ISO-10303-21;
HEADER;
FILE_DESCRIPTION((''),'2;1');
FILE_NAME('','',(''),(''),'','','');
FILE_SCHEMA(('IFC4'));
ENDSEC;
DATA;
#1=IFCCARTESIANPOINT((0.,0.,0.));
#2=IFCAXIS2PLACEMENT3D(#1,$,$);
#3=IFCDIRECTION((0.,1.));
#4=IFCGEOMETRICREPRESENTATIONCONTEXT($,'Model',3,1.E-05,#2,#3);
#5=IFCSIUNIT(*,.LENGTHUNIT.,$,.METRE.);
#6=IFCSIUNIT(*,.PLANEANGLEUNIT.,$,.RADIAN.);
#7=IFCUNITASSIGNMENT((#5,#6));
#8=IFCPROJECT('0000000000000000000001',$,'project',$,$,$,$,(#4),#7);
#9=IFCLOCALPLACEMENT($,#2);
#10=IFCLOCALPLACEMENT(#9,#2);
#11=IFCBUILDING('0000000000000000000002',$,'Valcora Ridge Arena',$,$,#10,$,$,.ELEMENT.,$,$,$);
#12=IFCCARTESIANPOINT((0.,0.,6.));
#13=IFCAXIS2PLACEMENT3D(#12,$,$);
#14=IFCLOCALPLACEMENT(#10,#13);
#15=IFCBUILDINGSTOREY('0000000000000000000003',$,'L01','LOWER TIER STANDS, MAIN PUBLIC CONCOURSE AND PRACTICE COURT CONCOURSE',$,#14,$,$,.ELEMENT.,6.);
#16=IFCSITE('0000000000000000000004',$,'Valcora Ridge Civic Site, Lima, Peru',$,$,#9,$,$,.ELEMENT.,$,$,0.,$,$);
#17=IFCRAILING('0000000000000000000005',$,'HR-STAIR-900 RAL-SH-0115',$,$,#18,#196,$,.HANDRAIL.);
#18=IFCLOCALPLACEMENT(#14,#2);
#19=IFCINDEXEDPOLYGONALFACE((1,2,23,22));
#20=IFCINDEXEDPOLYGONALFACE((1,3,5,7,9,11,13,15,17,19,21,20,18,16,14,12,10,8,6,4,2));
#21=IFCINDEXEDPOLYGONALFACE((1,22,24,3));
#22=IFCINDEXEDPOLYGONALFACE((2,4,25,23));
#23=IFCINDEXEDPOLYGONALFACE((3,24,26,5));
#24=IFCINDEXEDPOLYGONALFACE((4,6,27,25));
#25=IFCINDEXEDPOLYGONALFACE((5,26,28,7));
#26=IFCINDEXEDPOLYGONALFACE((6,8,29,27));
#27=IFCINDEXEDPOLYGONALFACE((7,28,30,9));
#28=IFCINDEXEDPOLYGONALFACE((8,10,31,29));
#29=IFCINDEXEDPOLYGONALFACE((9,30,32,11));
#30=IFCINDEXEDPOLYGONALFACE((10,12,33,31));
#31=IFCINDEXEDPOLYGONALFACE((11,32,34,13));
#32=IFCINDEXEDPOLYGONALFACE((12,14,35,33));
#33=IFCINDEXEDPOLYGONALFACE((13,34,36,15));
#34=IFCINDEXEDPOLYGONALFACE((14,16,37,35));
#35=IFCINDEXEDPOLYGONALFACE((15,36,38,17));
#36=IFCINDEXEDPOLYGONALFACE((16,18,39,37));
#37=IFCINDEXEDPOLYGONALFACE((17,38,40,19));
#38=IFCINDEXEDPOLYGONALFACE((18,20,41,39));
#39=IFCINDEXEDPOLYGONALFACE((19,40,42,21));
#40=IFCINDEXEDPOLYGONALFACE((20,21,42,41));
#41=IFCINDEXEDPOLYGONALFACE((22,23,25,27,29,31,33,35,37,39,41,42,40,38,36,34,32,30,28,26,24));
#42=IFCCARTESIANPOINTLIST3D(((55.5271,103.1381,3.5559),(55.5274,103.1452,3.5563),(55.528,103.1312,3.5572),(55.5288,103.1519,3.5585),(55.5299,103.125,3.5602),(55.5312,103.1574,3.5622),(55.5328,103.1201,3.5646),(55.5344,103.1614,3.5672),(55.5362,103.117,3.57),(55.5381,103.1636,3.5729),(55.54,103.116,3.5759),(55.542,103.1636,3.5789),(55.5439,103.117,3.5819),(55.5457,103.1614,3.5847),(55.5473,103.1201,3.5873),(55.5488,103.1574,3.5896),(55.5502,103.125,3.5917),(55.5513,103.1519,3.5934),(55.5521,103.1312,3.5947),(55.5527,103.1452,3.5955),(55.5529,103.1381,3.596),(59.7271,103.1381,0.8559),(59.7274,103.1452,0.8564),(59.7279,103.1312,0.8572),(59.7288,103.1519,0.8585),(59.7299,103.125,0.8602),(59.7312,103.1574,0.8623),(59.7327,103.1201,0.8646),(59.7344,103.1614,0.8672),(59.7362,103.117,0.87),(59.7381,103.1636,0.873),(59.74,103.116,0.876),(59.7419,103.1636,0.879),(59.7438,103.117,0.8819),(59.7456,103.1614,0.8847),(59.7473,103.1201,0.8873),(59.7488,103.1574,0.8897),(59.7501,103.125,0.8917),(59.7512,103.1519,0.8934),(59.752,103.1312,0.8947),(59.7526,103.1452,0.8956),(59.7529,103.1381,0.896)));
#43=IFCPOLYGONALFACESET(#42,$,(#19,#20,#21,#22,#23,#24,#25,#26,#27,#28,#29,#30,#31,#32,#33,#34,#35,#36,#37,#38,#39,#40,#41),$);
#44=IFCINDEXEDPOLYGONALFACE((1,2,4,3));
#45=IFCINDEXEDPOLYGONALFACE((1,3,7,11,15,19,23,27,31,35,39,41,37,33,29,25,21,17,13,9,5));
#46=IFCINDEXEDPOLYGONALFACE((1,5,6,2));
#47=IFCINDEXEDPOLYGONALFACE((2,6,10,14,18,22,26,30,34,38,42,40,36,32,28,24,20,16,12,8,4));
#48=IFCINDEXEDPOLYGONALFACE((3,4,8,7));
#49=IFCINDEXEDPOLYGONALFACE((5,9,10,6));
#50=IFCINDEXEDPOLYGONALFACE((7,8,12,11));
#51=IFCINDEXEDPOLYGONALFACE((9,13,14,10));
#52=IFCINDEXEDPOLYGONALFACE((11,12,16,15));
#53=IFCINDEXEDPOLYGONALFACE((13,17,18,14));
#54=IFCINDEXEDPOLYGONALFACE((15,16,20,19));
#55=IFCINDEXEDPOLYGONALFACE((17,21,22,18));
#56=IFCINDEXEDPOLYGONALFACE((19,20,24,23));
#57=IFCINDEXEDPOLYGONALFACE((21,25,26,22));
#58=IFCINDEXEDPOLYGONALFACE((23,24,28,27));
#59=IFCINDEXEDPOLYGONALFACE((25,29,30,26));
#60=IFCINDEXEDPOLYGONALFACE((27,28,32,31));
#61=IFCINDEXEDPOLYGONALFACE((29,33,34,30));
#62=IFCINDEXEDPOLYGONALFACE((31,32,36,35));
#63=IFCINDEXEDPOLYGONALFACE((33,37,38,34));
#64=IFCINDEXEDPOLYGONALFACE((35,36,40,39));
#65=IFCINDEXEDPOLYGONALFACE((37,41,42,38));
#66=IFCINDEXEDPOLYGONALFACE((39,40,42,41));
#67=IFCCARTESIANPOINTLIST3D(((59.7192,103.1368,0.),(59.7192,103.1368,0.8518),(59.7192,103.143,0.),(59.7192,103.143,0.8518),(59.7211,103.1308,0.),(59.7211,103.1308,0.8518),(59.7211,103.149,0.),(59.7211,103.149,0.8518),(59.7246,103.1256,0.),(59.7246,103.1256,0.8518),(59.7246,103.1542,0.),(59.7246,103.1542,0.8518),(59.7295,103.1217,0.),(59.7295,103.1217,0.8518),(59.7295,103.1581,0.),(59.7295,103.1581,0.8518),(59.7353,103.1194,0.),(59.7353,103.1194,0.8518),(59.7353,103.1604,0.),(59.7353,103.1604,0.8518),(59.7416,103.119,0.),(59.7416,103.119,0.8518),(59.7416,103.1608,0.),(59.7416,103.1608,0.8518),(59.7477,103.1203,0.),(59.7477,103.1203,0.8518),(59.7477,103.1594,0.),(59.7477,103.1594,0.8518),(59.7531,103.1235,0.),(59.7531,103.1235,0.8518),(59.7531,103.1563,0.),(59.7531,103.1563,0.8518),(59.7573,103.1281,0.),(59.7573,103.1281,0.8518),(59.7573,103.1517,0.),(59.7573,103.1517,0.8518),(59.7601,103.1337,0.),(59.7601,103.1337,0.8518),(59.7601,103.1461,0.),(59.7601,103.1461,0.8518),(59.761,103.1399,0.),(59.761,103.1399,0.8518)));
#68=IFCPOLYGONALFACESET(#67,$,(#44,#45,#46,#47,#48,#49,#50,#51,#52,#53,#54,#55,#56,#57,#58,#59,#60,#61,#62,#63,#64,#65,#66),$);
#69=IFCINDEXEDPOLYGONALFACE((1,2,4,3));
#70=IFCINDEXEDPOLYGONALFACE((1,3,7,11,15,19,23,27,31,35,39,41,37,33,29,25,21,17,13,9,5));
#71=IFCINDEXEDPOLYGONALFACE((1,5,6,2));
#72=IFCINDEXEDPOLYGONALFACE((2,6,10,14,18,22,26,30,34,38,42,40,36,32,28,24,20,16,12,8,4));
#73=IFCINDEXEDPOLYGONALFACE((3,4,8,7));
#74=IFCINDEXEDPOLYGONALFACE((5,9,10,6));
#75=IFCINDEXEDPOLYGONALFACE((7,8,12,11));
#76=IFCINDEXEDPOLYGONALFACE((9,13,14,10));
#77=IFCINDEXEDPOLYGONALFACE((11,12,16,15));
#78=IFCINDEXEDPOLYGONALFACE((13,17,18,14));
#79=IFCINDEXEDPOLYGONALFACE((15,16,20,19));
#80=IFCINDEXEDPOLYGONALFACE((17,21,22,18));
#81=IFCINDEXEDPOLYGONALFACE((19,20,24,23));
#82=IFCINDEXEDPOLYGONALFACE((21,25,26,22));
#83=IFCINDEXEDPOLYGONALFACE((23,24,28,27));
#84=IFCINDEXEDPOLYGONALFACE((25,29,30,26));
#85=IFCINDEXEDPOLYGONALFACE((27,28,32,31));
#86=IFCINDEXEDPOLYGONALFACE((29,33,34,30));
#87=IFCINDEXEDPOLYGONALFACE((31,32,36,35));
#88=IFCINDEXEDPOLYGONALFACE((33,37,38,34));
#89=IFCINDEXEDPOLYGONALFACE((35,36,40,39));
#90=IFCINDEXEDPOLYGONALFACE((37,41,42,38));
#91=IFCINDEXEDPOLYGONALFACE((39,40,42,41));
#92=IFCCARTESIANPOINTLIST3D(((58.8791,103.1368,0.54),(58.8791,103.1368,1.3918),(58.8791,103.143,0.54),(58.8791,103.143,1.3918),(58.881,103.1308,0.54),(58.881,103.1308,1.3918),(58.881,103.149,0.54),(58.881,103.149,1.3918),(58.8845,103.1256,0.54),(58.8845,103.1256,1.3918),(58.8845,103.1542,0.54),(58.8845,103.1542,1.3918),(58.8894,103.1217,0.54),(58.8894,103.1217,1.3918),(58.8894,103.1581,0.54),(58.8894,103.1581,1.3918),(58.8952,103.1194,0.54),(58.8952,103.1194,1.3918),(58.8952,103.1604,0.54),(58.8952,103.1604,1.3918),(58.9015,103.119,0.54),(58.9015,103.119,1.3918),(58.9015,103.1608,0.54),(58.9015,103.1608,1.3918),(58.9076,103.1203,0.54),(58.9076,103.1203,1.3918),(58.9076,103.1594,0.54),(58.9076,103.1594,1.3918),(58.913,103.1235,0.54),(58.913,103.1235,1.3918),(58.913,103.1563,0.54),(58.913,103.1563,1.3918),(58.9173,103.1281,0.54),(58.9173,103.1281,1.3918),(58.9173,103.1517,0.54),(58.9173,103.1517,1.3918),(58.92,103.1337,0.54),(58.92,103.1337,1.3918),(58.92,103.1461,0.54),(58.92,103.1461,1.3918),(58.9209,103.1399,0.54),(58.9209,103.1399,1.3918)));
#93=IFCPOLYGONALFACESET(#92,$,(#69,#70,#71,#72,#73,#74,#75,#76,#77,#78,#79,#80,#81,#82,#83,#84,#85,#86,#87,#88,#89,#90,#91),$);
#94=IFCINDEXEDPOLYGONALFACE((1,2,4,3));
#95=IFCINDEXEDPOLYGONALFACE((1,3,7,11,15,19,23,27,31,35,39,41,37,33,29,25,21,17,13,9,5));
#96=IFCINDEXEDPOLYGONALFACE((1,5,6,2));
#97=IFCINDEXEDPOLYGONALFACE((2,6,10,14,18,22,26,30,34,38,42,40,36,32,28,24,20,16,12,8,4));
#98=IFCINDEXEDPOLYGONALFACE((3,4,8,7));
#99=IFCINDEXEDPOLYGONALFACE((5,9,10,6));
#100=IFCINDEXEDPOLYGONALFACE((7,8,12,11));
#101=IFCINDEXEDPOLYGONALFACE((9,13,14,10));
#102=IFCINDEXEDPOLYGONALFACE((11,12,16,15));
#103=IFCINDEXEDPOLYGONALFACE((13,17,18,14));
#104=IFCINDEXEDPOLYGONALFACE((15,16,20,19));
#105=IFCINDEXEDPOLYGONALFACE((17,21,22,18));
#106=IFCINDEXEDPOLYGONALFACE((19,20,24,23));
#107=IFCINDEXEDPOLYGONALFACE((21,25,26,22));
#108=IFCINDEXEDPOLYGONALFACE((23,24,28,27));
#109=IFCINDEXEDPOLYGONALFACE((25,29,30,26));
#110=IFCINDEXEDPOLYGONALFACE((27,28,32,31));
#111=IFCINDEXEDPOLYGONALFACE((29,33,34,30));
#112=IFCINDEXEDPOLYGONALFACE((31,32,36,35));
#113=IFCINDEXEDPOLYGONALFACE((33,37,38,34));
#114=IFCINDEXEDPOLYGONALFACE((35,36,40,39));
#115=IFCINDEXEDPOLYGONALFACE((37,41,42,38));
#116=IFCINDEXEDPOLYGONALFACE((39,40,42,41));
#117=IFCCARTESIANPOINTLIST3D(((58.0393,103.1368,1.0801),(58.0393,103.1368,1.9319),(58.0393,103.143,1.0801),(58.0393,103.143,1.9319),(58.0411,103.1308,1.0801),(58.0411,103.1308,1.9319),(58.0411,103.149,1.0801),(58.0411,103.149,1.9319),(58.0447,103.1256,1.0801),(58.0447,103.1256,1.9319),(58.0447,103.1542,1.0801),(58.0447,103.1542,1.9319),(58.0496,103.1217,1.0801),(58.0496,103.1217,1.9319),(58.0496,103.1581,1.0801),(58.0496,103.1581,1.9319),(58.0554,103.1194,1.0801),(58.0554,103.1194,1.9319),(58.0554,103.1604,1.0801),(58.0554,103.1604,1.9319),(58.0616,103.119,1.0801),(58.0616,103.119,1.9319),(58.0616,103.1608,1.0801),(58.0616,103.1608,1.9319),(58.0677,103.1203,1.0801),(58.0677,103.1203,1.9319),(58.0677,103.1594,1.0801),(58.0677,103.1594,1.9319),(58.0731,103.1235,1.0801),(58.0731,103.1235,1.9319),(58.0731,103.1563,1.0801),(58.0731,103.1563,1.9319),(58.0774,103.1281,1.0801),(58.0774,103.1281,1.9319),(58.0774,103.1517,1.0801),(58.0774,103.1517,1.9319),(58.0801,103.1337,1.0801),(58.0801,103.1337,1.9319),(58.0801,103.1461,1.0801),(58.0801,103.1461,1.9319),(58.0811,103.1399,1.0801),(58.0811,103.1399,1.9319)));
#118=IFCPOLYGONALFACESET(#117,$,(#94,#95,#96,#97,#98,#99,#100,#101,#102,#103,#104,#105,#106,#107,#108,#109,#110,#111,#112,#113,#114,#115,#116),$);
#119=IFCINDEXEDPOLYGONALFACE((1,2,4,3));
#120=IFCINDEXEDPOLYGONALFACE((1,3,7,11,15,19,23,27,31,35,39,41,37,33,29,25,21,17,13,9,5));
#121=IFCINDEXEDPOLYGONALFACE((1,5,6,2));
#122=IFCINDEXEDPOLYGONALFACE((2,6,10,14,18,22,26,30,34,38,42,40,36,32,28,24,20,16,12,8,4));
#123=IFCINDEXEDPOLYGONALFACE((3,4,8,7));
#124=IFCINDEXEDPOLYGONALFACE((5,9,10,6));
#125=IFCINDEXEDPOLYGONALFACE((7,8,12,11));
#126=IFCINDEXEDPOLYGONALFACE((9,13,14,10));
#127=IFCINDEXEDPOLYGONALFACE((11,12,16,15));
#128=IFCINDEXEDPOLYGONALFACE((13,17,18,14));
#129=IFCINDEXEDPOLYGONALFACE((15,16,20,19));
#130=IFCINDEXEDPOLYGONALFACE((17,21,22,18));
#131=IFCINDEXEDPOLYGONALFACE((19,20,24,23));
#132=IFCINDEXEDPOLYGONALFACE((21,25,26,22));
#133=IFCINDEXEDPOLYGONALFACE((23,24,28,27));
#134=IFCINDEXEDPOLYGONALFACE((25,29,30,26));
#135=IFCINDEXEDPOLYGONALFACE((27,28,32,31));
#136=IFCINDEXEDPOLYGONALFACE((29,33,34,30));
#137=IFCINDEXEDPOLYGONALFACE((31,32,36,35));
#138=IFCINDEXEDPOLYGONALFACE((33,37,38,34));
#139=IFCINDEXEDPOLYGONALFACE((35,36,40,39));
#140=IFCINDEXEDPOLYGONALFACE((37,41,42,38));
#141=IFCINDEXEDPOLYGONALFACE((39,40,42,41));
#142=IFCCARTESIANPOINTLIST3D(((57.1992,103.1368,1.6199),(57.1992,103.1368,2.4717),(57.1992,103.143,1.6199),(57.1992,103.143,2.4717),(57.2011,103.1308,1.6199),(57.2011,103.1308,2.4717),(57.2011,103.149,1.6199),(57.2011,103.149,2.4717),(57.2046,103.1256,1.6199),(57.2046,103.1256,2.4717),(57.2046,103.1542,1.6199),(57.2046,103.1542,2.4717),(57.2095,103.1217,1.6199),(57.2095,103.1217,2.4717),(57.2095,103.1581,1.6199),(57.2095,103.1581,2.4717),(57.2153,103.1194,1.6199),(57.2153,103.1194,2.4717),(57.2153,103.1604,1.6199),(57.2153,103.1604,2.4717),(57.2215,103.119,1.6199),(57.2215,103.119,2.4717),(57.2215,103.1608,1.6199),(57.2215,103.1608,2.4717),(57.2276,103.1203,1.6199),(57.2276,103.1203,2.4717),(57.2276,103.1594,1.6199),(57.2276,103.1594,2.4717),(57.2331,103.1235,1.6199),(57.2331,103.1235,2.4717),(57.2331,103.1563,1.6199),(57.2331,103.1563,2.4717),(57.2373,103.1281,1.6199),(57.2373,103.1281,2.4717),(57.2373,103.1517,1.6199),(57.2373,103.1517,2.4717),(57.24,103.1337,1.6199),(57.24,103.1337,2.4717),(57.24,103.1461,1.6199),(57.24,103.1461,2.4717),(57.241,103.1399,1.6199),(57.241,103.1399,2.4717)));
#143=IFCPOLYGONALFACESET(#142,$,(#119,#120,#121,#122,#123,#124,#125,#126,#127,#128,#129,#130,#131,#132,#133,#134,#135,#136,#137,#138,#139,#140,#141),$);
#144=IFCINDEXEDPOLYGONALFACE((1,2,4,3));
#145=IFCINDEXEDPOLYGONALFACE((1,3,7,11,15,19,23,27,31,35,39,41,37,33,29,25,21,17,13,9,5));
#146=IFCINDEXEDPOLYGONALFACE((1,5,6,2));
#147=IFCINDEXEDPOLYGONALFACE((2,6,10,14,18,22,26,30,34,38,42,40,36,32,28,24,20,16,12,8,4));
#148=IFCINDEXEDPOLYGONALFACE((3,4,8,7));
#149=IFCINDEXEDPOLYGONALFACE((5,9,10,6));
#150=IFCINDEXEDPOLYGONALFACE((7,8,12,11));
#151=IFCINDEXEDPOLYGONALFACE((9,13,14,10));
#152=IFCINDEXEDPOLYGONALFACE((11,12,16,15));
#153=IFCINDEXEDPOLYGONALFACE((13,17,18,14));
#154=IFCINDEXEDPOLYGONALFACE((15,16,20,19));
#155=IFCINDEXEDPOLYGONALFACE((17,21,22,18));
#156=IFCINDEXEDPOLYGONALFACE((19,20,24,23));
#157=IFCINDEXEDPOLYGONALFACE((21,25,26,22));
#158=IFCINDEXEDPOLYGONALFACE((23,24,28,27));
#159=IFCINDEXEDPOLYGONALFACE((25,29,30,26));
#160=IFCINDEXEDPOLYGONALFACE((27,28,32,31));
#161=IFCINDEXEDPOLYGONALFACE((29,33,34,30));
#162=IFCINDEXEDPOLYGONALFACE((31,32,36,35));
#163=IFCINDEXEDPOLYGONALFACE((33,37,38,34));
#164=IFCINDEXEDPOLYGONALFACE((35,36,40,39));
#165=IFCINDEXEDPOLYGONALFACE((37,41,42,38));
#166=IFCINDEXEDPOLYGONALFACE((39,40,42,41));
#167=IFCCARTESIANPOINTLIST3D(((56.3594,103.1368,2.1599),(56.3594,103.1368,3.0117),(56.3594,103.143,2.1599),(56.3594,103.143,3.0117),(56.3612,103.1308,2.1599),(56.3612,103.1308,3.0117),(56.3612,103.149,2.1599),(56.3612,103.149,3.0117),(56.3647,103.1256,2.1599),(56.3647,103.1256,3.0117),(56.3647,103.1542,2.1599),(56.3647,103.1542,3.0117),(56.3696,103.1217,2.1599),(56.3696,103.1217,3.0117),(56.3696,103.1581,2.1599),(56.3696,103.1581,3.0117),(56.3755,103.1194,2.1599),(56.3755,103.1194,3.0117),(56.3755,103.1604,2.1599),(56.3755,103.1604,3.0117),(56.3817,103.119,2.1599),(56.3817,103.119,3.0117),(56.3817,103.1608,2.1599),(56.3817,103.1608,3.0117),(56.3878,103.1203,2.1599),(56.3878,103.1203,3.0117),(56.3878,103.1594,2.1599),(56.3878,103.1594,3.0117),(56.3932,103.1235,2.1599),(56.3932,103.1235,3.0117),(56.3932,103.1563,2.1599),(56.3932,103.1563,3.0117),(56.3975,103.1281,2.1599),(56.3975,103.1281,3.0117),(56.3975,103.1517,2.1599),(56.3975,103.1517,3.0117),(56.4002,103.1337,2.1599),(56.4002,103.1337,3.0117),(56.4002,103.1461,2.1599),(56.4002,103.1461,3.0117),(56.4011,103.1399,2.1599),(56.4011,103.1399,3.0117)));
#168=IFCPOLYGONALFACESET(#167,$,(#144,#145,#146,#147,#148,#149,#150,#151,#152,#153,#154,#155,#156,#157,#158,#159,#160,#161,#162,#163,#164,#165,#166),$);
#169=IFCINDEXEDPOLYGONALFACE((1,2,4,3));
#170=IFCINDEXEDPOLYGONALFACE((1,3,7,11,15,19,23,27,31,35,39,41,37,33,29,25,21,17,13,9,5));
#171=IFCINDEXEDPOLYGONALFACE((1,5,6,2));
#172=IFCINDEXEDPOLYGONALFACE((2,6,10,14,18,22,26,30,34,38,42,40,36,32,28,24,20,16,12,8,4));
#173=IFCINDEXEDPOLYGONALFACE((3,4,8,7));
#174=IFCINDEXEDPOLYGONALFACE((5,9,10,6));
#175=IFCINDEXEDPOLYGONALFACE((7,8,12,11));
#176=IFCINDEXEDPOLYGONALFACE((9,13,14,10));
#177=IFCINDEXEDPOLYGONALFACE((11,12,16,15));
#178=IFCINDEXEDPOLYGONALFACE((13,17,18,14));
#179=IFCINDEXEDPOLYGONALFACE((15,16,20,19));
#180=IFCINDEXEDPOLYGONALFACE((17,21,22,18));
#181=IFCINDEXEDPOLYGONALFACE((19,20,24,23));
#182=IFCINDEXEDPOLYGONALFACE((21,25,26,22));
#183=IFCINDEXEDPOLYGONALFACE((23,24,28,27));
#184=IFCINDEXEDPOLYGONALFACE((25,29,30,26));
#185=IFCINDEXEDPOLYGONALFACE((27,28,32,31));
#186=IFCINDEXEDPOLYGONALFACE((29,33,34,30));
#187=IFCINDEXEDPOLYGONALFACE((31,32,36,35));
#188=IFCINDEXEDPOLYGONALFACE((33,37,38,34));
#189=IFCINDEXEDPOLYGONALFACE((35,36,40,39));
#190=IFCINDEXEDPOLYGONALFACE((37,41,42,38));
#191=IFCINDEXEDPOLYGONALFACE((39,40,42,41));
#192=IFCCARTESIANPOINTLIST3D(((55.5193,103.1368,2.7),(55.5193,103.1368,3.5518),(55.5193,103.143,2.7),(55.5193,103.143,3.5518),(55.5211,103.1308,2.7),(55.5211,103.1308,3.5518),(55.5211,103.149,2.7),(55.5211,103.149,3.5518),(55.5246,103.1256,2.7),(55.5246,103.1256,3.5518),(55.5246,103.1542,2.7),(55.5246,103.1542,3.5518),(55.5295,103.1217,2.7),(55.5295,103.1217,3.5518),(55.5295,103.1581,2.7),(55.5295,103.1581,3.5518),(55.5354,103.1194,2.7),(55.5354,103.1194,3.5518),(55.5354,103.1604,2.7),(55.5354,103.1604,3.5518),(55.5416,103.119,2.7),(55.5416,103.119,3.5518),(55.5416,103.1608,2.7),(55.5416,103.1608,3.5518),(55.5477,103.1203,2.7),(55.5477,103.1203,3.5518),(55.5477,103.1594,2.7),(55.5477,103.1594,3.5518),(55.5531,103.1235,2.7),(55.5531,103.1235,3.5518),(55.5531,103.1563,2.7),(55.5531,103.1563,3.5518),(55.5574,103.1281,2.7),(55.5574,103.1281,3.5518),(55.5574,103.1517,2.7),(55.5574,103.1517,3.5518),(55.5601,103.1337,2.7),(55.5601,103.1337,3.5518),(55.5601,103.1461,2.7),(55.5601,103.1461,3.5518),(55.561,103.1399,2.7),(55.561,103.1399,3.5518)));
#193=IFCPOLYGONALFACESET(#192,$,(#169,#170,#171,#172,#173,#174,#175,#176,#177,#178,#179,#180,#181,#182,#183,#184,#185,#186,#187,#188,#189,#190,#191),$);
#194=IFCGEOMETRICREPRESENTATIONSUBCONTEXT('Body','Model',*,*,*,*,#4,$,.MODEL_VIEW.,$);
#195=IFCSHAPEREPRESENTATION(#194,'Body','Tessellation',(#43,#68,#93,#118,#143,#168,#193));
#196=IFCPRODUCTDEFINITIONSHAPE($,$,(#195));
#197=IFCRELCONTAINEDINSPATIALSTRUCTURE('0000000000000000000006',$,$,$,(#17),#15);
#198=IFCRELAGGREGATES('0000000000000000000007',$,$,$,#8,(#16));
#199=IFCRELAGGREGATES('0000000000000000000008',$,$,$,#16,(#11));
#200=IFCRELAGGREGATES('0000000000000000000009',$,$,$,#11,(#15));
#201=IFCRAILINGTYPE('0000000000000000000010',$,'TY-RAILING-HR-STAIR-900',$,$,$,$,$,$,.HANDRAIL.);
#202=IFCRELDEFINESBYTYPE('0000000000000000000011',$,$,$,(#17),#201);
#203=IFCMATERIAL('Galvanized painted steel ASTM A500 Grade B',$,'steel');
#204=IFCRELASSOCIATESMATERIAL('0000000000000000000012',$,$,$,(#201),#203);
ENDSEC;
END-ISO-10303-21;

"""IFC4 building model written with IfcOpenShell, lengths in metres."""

from ifc_helpers import new_model, si_unit, direction, frame, origin, origin_2d, place, context, subcontext, project, spatial, circle, extrude, material, type_object, element, save


model = new_model("IFC4")

# Units and contexts
model_context = context("Model", 3, precision=1e-05, world=origin(), true_north=direction((0.0, 1.0)))
body_context = subcontext(model_context, "Body", "Model", "MODEL_VIEW")
ifc_project = project(units=[si_unit("LENGTHUNIT", "METRE"), si_unit("PLANEANGLEUNIT", "RADIAN")], contexts=[model_context])

# Site, building, storey
site_placement = place(None, origin())
site = spatial("IfcSite", under=ifc_project, at=site_placement, Name="Valcora Ridge Civic Site, Lima, Peru", CompositionType="ELEMENT", RefElevation=0.0)
building_placement = place(site_placement, origin())
building = spatial("IfcBuilding", under=site, at=building_placement, Name="Valcora Ridge Arena", CompositionType="ELEMENT")
storey_placement = place(building_placement, frame((0.0, 0.0, 6.0)))
storey = spatial("IfcBuildingStorey", under=building, at=storey_placement, Name="L01", Description="LOWER TIER STANDS, MAIN PUBLIC CONCOURSE AND PRACTICE COURT CONCOURSE", CompositionType="ELEMENT", Elevation=6.0)

# Railing
ifc_material_1 = material(Name="Galvanized painted steel ASTM A500 Grade B", Category="steel")
railing_type_1 = type_object("IfcRailingType", Name="TY-RAILING-HR-STAIR-900", PredefinedType="HANDRAIL", material=ifc_material_1)
railing_1_placement = place(storey_placement, frame((59.74, 103.1399, 0.0)))
element("IfcRailing", 1, at=railing_1_placement, inside=storey, type_object=railing_type_1, Name="HR-STAIR-900 RAL-SH-0115", PredefinedType="HANDRAIL", context=body_context, shape_type="SweptSolid", body=[
    extrude(circle(Radius=0.0239, at=origin_2d()), frame((0.0, 0.0, 0.876), z_axis=(-0.84118, 0.0, 0.540755), x_axis=(0.0, -1.0, 0.0)), (0.0, 0.0, 1.0), 4.9929),
    extrude(circle(Radius=0.021, at=origin_2d()), origin(), (0.0, 0.0, 1.0), 0.8518),
    extrude(circle(Radius=0.021, at=origin_2d()), frame((-0.8401, 0.0, 0.54)), (0.0, 0.0, 1.0), 0.8518),
    extrude(circle(Radius=0.021, at=origin_2d()), frame((-1.6799, 0.0, 1.0801)), (0.0, 0.0, 1.0), 0.8518),
    extrude(circle(Radius=0.021, at=origin_2d()), frame((-2.52, 0.0, 1.6199)), (0.0, 0.0, 1.0), 0.8518),
    extrude(circle(Radius=0.021, at=origin_2d()), frame((-3.3599, 0.0, 2.1599)), (0.0, 0.0, 1.0), 0.8518),
    extrude(circle(Radius=0.021, at=origin_2d()), frame((-4.2, 0.0, 2.7)), (0.0, 0.0, 1.0), 0.8518),
])

save(model, "model.ifc")
